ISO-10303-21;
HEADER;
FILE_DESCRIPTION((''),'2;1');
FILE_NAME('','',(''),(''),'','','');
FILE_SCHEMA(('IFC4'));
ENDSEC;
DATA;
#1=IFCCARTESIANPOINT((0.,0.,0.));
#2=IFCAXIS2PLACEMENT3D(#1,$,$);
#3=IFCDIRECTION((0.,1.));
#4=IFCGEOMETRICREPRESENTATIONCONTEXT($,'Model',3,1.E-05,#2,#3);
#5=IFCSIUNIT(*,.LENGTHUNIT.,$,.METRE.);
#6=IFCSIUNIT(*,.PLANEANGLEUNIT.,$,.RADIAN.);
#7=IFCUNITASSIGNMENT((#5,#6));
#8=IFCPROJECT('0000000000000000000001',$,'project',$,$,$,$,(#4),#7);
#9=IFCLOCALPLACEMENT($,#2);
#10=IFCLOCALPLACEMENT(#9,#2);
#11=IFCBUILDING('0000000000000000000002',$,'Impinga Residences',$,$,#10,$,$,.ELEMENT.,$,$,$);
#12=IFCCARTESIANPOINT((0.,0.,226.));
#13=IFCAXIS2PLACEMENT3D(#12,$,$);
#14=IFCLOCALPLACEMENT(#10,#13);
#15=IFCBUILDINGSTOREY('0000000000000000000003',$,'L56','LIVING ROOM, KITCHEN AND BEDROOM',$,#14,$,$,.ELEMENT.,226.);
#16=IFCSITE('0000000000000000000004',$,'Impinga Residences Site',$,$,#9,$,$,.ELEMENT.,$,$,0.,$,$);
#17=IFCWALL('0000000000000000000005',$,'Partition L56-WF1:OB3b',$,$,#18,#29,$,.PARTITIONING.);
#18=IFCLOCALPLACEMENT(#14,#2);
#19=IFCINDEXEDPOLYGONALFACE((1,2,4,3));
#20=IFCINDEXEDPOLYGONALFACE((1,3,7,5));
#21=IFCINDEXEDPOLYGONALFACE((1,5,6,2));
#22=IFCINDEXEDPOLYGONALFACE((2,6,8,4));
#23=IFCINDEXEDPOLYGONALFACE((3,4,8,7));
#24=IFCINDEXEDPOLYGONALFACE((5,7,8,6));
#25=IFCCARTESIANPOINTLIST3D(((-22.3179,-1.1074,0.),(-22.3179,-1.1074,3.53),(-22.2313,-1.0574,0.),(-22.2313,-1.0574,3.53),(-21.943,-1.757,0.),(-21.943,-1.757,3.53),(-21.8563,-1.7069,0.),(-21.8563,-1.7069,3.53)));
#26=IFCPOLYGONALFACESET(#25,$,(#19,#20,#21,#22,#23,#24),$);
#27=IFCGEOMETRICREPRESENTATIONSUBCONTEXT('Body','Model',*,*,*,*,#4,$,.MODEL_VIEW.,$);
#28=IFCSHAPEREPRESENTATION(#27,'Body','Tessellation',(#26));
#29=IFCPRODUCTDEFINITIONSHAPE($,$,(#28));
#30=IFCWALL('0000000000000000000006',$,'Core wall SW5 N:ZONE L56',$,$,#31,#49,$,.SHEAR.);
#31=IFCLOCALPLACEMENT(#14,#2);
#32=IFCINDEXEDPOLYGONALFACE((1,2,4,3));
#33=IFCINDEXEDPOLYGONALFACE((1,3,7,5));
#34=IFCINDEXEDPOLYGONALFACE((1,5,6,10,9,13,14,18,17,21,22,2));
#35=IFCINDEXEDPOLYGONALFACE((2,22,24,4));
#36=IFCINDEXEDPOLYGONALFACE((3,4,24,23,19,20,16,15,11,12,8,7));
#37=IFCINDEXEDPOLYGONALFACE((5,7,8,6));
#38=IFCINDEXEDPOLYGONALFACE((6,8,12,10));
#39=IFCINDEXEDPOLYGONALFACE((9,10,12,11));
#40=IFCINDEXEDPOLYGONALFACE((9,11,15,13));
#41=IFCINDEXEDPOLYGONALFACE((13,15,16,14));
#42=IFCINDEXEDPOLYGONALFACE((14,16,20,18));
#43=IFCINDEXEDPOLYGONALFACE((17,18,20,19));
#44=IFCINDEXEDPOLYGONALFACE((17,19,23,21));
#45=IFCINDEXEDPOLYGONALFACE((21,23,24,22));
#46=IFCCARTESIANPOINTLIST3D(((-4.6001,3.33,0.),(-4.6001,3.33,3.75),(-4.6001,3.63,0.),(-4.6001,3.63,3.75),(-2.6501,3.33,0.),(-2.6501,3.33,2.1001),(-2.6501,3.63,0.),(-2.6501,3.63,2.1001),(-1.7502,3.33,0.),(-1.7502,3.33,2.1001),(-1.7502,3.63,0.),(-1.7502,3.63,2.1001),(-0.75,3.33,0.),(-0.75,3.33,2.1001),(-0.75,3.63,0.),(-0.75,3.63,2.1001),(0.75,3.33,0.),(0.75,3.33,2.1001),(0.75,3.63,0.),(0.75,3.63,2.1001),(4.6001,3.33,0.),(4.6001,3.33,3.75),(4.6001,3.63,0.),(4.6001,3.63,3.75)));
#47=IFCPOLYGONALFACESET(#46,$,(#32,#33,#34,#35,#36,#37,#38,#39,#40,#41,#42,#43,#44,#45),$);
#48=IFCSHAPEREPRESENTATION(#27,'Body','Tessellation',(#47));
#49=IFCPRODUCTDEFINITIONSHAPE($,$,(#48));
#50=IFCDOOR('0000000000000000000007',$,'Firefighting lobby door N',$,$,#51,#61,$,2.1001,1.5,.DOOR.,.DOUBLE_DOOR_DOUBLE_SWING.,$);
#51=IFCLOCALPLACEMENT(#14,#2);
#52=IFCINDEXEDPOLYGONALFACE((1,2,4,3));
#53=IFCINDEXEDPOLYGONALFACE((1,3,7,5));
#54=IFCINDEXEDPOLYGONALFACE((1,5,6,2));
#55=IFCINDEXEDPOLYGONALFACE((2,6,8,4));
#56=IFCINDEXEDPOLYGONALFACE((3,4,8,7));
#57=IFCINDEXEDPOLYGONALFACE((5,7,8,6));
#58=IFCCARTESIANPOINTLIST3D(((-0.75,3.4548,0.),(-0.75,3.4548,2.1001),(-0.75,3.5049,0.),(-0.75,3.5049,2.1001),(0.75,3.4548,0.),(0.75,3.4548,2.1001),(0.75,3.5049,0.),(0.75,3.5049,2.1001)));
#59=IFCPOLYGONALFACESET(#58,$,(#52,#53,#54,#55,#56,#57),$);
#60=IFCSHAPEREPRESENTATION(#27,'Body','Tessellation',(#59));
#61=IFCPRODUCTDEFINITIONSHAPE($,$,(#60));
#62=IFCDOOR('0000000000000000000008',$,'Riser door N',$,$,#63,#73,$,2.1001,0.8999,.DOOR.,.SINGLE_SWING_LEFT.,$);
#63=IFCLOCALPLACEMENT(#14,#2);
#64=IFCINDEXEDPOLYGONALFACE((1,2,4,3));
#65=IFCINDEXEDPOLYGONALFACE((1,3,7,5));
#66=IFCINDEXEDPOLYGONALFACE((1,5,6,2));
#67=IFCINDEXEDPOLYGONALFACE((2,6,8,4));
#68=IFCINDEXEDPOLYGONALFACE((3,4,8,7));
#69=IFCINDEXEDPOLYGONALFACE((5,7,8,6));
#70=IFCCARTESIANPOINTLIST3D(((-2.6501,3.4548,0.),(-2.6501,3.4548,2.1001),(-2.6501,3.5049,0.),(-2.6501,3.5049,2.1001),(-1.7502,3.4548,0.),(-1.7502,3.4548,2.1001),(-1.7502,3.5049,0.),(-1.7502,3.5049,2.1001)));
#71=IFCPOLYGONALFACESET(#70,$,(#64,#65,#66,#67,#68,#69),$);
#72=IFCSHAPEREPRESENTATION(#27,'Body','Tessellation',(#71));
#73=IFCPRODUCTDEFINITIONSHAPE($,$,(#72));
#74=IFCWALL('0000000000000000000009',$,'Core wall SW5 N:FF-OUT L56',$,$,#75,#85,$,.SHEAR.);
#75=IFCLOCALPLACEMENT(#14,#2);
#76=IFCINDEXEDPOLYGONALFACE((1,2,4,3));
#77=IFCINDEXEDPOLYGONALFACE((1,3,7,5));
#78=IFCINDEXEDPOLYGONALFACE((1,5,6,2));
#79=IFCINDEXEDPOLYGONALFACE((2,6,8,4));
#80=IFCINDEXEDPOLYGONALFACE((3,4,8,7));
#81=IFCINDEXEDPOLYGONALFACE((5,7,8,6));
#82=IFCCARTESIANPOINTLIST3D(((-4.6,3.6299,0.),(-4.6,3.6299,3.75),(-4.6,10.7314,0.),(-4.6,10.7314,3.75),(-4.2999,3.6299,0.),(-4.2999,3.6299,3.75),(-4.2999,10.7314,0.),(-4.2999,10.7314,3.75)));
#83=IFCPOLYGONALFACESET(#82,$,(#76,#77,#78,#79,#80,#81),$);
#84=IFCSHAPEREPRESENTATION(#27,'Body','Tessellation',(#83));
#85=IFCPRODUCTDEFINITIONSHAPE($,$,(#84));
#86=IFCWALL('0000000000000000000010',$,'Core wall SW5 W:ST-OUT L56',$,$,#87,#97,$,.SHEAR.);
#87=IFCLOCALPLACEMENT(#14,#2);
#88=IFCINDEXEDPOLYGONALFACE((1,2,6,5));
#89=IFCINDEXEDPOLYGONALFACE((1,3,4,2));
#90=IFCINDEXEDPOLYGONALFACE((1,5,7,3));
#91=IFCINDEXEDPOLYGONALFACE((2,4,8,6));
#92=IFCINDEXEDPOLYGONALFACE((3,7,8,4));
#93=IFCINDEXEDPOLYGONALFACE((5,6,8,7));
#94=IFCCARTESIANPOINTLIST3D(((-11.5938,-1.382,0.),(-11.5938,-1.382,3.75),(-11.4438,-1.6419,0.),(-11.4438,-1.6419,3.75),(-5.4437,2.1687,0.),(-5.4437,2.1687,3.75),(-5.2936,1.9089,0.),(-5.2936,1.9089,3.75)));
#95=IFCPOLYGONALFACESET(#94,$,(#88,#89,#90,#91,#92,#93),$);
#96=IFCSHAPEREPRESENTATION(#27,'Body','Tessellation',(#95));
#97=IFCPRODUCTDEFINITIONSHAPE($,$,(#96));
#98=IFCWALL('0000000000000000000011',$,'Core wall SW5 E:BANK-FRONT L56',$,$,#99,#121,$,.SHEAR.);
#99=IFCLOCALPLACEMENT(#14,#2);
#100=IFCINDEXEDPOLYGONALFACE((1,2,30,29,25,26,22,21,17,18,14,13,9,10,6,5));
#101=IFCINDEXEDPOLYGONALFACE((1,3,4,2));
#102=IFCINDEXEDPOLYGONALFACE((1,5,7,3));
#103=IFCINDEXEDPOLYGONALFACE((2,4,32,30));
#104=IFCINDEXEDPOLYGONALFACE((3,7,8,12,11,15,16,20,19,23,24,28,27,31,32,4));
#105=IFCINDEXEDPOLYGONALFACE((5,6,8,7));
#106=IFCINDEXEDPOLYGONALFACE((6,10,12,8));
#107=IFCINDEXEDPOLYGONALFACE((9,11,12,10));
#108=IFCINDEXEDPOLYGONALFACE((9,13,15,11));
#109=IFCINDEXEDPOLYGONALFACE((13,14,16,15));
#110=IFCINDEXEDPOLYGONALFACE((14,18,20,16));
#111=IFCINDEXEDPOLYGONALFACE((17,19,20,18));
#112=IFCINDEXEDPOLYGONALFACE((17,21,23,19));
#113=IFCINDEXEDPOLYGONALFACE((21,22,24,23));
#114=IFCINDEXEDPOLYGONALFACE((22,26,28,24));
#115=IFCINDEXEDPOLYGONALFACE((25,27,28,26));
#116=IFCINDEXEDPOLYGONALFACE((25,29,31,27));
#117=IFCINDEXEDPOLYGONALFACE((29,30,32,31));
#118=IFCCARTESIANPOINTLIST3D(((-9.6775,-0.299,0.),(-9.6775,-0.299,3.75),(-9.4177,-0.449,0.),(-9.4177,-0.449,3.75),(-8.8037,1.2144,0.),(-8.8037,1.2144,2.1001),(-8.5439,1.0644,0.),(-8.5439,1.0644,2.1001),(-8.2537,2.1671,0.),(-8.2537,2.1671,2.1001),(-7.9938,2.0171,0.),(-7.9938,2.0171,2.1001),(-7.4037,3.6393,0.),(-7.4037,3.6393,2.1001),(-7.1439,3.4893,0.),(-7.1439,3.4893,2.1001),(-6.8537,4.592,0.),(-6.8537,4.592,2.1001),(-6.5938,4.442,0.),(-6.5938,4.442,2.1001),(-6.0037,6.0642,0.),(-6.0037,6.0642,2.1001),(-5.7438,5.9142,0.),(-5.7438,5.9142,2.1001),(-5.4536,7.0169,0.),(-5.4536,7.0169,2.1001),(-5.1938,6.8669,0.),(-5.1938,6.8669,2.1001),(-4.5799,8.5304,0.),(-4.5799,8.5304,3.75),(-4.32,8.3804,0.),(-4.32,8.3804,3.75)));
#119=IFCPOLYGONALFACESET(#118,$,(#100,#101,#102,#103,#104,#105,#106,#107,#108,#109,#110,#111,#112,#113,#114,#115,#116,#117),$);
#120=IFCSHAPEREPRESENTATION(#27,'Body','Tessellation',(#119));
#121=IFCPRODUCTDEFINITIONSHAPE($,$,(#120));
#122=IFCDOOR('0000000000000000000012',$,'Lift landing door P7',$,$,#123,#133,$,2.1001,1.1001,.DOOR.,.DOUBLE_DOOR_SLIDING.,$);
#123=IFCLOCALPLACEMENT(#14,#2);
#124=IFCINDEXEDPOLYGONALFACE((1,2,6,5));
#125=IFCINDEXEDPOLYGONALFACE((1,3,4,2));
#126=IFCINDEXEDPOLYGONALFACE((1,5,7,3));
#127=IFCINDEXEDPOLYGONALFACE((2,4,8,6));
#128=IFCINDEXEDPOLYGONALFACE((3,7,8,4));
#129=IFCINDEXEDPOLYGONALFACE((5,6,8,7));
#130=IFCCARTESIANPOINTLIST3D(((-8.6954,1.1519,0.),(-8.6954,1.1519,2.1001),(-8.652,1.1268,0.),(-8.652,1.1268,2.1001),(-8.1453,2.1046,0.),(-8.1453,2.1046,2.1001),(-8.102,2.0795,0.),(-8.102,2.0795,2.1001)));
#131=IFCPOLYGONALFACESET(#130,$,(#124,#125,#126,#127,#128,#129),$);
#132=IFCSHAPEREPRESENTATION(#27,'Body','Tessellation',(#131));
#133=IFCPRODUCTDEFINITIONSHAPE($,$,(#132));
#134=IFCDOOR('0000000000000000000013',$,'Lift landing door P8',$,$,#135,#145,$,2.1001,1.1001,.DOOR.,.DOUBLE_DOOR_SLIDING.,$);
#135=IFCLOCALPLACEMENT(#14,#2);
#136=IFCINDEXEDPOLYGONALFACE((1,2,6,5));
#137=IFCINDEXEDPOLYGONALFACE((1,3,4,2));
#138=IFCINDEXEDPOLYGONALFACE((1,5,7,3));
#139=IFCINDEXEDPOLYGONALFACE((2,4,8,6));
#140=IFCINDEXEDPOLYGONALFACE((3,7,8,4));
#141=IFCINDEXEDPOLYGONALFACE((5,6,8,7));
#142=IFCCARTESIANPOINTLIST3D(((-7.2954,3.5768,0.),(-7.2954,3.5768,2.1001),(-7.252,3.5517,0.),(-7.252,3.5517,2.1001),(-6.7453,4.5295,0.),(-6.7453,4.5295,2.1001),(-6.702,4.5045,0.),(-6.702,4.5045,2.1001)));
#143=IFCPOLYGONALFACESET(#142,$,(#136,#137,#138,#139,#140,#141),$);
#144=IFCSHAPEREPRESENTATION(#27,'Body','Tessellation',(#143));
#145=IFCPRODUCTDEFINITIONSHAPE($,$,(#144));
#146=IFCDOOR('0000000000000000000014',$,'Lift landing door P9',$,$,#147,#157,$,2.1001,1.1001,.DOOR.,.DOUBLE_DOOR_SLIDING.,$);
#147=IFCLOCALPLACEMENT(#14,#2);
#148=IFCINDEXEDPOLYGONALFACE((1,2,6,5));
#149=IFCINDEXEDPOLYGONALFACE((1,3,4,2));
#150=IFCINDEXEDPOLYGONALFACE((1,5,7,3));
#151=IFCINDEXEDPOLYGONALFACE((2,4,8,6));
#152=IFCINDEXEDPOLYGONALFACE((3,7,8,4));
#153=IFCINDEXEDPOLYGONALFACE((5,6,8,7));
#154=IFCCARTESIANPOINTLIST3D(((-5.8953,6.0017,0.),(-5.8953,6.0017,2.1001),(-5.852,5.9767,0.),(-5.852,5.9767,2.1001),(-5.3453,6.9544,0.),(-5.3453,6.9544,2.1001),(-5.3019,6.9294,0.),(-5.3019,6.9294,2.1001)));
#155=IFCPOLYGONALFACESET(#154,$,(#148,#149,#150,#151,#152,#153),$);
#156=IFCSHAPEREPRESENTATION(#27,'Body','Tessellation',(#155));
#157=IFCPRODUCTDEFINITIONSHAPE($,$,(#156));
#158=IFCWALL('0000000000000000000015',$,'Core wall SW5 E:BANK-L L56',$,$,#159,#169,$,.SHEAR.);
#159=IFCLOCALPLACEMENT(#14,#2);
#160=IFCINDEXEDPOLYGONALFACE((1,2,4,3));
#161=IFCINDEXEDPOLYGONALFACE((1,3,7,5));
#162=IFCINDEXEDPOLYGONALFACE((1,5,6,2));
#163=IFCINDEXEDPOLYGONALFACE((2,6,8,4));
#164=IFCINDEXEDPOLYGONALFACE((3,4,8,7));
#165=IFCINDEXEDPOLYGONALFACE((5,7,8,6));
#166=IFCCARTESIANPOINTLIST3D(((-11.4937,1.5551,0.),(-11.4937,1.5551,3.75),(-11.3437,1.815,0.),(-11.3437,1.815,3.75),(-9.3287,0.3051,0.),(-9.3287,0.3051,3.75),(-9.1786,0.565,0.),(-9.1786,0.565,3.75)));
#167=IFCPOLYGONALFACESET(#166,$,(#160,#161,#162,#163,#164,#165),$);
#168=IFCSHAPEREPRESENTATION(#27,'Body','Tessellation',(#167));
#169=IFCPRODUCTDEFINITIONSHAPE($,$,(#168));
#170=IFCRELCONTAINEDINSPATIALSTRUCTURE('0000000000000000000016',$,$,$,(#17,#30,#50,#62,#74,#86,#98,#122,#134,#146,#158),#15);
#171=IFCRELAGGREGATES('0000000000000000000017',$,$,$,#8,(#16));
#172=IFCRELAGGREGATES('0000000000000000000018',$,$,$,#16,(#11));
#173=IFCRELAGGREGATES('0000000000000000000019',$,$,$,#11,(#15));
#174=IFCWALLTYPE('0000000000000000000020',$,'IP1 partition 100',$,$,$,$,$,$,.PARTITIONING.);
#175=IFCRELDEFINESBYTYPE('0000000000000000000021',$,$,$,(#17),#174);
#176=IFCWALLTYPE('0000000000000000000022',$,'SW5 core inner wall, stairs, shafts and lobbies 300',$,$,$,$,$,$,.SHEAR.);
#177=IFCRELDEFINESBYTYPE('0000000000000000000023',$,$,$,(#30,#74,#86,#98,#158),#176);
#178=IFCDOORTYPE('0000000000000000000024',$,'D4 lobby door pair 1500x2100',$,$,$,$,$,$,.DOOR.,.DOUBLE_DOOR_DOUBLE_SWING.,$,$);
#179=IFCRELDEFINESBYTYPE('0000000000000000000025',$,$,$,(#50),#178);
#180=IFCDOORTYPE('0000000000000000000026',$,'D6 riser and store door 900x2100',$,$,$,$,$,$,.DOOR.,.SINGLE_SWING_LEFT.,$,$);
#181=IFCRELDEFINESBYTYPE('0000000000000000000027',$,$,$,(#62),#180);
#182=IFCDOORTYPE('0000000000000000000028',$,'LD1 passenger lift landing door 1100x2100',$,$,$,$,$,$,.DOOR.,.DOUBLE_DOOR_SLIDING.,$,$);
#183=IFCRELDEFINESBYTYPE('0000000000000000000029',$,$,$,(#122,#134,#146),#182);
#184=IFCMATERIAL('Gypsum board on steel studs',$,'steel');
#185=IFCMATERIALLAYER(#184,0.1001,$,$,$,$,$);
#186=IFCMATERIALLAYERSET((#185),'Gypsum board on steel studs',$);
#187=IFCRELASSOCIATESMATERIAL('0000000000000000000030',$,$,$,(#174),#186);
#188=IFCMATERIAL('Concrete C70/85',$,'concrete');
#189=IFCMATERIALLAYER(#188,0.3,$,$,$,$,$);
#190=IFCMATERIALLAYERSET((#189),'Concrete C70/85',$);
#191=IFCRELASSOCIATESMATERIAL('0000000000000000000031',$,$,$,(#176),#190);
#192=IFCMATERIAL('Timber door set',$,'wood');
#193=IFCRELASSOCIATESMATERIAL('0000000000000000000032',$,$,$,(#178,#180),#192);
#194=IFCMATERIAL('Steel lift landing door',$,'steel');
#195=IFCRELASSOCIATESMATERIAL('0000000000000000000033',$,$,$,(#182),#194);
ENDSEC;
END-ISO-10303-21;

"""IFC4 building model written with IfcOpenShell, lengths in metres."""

from ifc_helpers import new_model, si_unit, direction, frame, frame_2d, origin, place, context, subcontext, project, spatial, rectangle, extrude, material, layer, layer_set, type_object, element, fill, save


model = new_model("IFC4")

# Units and contexts
model_context = context("Model", 3, precision=1e-05, world=origin(), true_north=direction((0.0, 1.0)))
body_context = subcontext(model_context, "Body", "Model", "MODEL_VIEW")
ifc_project = project(units=[si_unit("LENGTHUNIT", "METRE"), si_unit("PLANEANGLEUNIT", "RADIAN")], contexts=[model_context])

# Site, building, storey
site_placement = place(None, origin())
site = spatial("IfcSite", under=ifc_project, at=site_placement, Name="Impinga Residences Site", CompositionType="ELEMENT", RefElevation=0.0)
building_placement = place(site_placement, origin())
building = spatial("IfcBuilding", under=site, at=building_placement, Name="Impinga Residences", CompositionType="ELEMENT")
storey_placement = place(building_placement, frame((0.0, 0.0, 226.0)))
storey = spatial("IfcBuildingStorey", under=building, at=storey_placement, Name="L56", Description="LIVING ROOM, KITCHEN AND BEDROOM", CompositionType="ELEMENT", Elevation=226.0)

# Shared definitions
ifc_material_1 = material(Name="Gypsum board on steel studs", Category="steel")
ifc_layer_1 = layer(ifc_material_1, 0.1001)
ifc_layer_set_1 = layer_set([ifc_layer_1], Name="Gypsum board on steel studs")
wall_type_1 = type_object("IfcWallType", Name="IP1 partition 100", PredefinedType="PARTITIONING", material=ifc_layer_set_1)

# Shared definitions
ifc_material_2 = material(Name="Timber door set", Category="wood")

# Wall
wall_1_placement = place(storey_placement, frame((-21.8997, -1.7319, 0.0), z_axis=(0.0, 0.0, 1.0), x_axis=(-0.49992, 0.866072, 0.0)))
element("IfcWall", 1, at=wall_1_placement, inside=storey, type_object=wall_type_1, Name="Partition L56-WF1:OB3b", PredefinedType="PARTITIONING", context=body_context, shape_type="SweptSolid", body=[
    extrude(rectangle(XDim=0.75, YDim=0.1001, at=frame_2d((0.375, 0.0))), origin(), (0.0, 0.0, 1.0), 3.53),
])

# Wall, openings, doors
ifc_material_3 = material(Name="Concrete C70/85", Category="concrete")
ifc_layer_2 = layer(ifc_material_3, 0.3)
ifc_layer_set_2 = layer_set([ifc_layer_2], Name="Concrete C70/85")
wall_type_2 = type_object("IfcWallType", Name="SW5 core inner wall, stairs, shafts and lobbies 300", PredefinedType="SHEAR", material=ifc_layer_set_2)
wall_2_placement = place(storey_placement, frame((-4.6001, 3.48, 0.0), z_axis=(0.0, 0.0, 1.0), x_axis=(1.0, 0.0, 0.0)))
wall_2 = element("IfcWall", 2, at=wall_2_placement, inside=storey, type_object=wall_type_2, Name="Core wall SW5 N:ZONE L56", PredefinedType="SHEAR", context=body_context, shape_type="SweptSolid", body=[
    extrude(rectangle(XDim=9.2002, YDim=0.3, at=frame_2d((4.6001, 0.0))), origin(), (0.0, 0.0, 1.0), 3.75),
])
opening_1_placement = place(wall_2_placement, frame((3.8501, 0.0, 0.0)))
opening_1 = element("IfcOpeningElement", 3, at=opening_1_placement, cuts=wall_2, PredefinedType="OPENING", context=body_context, shape_type="SweptSolid", body=[
    extrude(rectangle(XDim=1.5, YDim=2.1001, at=frame_2d((0.75, 1.05))), frame((0.0, 0.1599, 0.0), z_axis=(0.0, -1.0, 0.0), x_axis=(1.0, 0.0, 0.0)), (0.0, 0.0, 1.0), 0.3201),
])
opening_2_placement = place(wall_2_placement, frame((1.95, 0.0, 0.0)))
opening_2 = element("IfcOpeningElement", 4, at=opening_2_placement, cuts=wall_2, PredefinedType="OPENING", context=body_context, shape_type="SweptSolid", body=[
    extrude(rectangle(XDim=0.8999, YDim=2.1001, at=frame_2d((0.45, 1.05))), frame((0.0, 0.1599, 0.0), z_axis=(0.0, -1.0, 0.0), x_axis=(1.0, 0.0, 0.0)), (0.0, 0.0, 1.0), 0.3201),
])
door_type_1 = type_object("IfcDoorType", Name="D4 lobby door pair 1500x2100", OperationType="DOUBLE_DOOR_DOUBLE_SWING", PredefinedType="DOOR", material=ifc_material_2)
door_1_placement = place(opening_1_placement, origin())
door_1 = element("IfcDoor", 5, at=door_1_placement, inside=storey, type_object=door_type_1, Name="Firefighting lobby door N", OperationType="DOUBLE_DOOR_DOUBLE_SWING", OverallHeight=2.1001, OverallWidth=1.5, PredefinedType="DOOR", context=body_context, shape_type="SweptSolid", body=[
    extrude(rectangle(XDim=1.5, YDim=2.1001, at=frame_2d((0.75, 1.05))), frame((0.0, 0.0249, 0.0), z_axis=(0.0, -1.0, 0.0), x_axis=(1.0, 0.0, 0.0)), (0.0, 0.0, 1.0), 0.05),
])
fill(opening_1, door_1)
door_type_2 = type_object("IfcDoorType", Name="D6 riser and store door 900x2100", OperationType="SINGLE_SWING_LEFT", PredefinedType="DOOR", material=ifc_material_2)
door_2_placement = place(opening_2_placement, origin())
door_2 = element("IfcDoor", 6, at=door_2_placement, inside=storey, type_object=door_type_2, Name="Riser door N", OperationType="SINGLE_SWING_LEFT", OverallHeight=2.1001, OverallWidth=0.8999, PredefinedType="DOOR", context=body_context, shape_type="SweptSolid", body=[
    extrude(rectangle(XDim=0.8999, YDim=2.1001, at=frame_2d((0.45, 1.05))), frame((0.0, 0.0249, 0.0), z_axis=(0.0, -1.0, 0.0), x_axis=(1.0, 0.0, 0.0)), (0.0, 0.0, 1.0), 0.05),
])
fill(opening_2, door_2)

# Walls
for number, where, z_axis, x_axis, name in (
    (7, (-4.45, 3.6299, 0.0), (0.0, 0.0, 1.0), (0.0, 1.0, 0.0), "Core wall SW5 N:FF-OUT L56"),
    (8, (-5.3687, 2.0388, 0.0), (0.0, 0.0, 1.0), (-0.866026, -0.499999, 0.0), "Core wall SW5 W:ST-OUT L56"),
):
    element("IfcWall", number, at=place(storey_placement, frame(where, z_axis=z_axis, x_axis=x_axis)), inside=storey, type_object=wall_type_2, Name=name, PredefinedType="SHEAR", context=body_context, shape_type="SweptSolid", body=[
        extrude(rectangle(XDim=7.1016, YDim=0.3, at=frame_2d((3.5508, 0.0))), origin(), (0.0, 0.0, 1.0), 3.75),
    ])

# Wall, openings, doors
wall_3_placement = place(storey_placement, frame((-9.5476, -0.374, 0.0), z_axis=(0.0, 0.0, 1.0), x_axis=(0.500002, 0.866024, 0.0)))
wall_3 = element("IfcWall", 9, at=wall_3_placement, inside=storey, type_object=wall_type_2, Name="Core wall SW5 E:BANK-FRONT L56", PredefinedType="SHEAR", context=body_context, shape_type="SweptSolid", body=[
    extrude(rectangle(XDim=10.1953, YDim=0.3, at=frame_2d((5.0977, 0.0))), origin(), (0.0, 0.0, 1.0), 3.75),
])
opening_3_placement = place(wall_3_placement, frame((1.7476, 0.0, 0.0)))
opening_3 = element("IfcOpeningElement", 10, at=opening_3_placement, cuts=wall_3, PredefinedType="OPENING", context=body_context, shape_type="SweptSolid", body=[
    extrude(rectangle(XDim=1.1001, YDim=2.1001, at=frame_2d((0.55, 1.05))), frame((0.0, 0.1599, 0.0), z_axis=(0.0, -1.0, 0.0), x_axis=(1.0, 0.0, 0.0)), (0.0, 0.0, 1.0), 0.3201),
])
opening_4_placement = place(wall_3_placement, frame((4.5476, 0.0, 0.0)))
opening_4 = element("IfcOpeningElement", 11, at=opening_4_placement, cuts=wall_3, PredefinedType="OPENING", context=body_context, shape_type="SweptSolid", body=[
    extrude(rectangle(XDim=1.1001, YDim=2.1001, at=frame_2d((0.55, 1.05))), frame((0.0, 0.1599, 0.0), z_axis=(0.0, -1.0, 0.0), x_axis=(1.0, 0.0, 0.0)), (0.0, 0.0, 1.0), 0.3201),
])
opening_5_placement = place(wall_3_placement, frame((7.3477, 0.0, 0.0)))
opening_5 = element("IfcOpeningElement", 12, at=opening_5_placement, cuts=wall_3, PredefinedType="OPENING", context=body_context, shape_type="SweptSolid", body=[
    extrude(rectangle(XDim=1.1001, YDim=2.1001, at=frame_2d((0.55, 1.05))), frame((0.0, 0.1599, 0.0), z_axis=(0.0, -1.0, 0.0), x_axis=(1.0, 0.0, 0.0)), (0.0, 0.0, 1.0), 0.3201),
])
ifc_material_4 = material(Name="Steel lift landing door", Category="steel")
door_type_3 = type_object("IfcDoorType", Name="LD1 passenger lift landing door 1100x2100", OperationType="DOUBLE_DOOR_SLIDING", PredefinedType="DOOR", material=ifc_material_4)
door_3_placement = place(opening_3_placement, origin())
door_3 = element("IfcDoor", 13, at=door_3_placement, inside=storey, type_object=door_type_3, Name="Lift landing door P7", OperationType="DOUBLE_DOOR_SLIDING", OverallHeight=2.1001, OverallWidth=1.1001, PredefinedType="DOOR", context=body_context, shape_type="SweptSolid", body=[
    extrude(rectangle(XDim=1.1001, YDim=2.1001, at=frame_2d((0.55, 1.05))), frame((0.0, 0.0249, 0.0), z_axis=(0.0, -1.0, 0.0), x_axis=(1.0, 0.0, 0.0)), (0.0, 0.0, 1.0), 0.05),
])
fill(opening_3, door_3)
door_4_placement = place(opening_4_placement, origin())
door_4 = element("IfcDoor", 14, at=door_4_placement, inside=storey, type_object=door_type_3, Name="Lift landing door P8", OperationType="DOUBLE_DOOR_SLIDING", OverallHeight=2.1001, OverallWidth=1.1001, PredefinedType="DOOR", context=body_context, shape_type="SweptSolid", body=[
    extrude(rectangle(XDim=1.1001, YDim=2.1001, at=frame_2d((0.55, 1.05))), frame((0.0, 0.0249, 0.0), z_axis=(0.0, -1.0, 0.0), x_axis=(1.0, 0.0, 0.0)), (0.0, 0.0, 1.0), 0.05),
])
fill(opening_4, door_4)
door_5_placement = place(opening_5_placement, origin())
door_5 = element("IfcDoor", 15, at=door_5_placement, inside=storey, type_object=door_type_3, Name="Lift landing door P9", OperationType="DOUBLE_DOOR_SLIDING", OverallHeight=2.1001, OverallWidth=1.1001, PredefinedType="DOOR", context=body_context, shape_type="SweptSolid", body=[
    extrude(rectangle(XDim=1.1001, YDim=2.1001, at=frame_2d((0.55, 1.05))), frame((0.0, 0.0249, 0.0), z_axis=(0.0, -1.0, 0.0), x_axis=(1.0, 0.0, 0.0)), (0.0, 0.0, 1.0), 0.05),
])
fill(opening_5, door_5)

# Wall
wall_4_placement = place(storey_placement, frame((-9.2537, 0.4351, 0.0), z_axis=(0.0, 0.0, 1.0), x_axis=(-0.866023, 0.500004, 0.0)))
element("IfcWall", 16, at=wall_4_placement, inside=storey, type_object=wall_type_2, Name="Core wall SW5 E:BANK-L L56", PredefinedType="SHEAR", context=body_context, shape_type="SweptSolid", body=[
    extrude(rectangle(XDim=2.5, YDim=0.3, at=frame_2d((1.25, 0.0))), origin(), (0.0, 0.0, 1.0), 3.75),
])

save(model, "model.ifc")
